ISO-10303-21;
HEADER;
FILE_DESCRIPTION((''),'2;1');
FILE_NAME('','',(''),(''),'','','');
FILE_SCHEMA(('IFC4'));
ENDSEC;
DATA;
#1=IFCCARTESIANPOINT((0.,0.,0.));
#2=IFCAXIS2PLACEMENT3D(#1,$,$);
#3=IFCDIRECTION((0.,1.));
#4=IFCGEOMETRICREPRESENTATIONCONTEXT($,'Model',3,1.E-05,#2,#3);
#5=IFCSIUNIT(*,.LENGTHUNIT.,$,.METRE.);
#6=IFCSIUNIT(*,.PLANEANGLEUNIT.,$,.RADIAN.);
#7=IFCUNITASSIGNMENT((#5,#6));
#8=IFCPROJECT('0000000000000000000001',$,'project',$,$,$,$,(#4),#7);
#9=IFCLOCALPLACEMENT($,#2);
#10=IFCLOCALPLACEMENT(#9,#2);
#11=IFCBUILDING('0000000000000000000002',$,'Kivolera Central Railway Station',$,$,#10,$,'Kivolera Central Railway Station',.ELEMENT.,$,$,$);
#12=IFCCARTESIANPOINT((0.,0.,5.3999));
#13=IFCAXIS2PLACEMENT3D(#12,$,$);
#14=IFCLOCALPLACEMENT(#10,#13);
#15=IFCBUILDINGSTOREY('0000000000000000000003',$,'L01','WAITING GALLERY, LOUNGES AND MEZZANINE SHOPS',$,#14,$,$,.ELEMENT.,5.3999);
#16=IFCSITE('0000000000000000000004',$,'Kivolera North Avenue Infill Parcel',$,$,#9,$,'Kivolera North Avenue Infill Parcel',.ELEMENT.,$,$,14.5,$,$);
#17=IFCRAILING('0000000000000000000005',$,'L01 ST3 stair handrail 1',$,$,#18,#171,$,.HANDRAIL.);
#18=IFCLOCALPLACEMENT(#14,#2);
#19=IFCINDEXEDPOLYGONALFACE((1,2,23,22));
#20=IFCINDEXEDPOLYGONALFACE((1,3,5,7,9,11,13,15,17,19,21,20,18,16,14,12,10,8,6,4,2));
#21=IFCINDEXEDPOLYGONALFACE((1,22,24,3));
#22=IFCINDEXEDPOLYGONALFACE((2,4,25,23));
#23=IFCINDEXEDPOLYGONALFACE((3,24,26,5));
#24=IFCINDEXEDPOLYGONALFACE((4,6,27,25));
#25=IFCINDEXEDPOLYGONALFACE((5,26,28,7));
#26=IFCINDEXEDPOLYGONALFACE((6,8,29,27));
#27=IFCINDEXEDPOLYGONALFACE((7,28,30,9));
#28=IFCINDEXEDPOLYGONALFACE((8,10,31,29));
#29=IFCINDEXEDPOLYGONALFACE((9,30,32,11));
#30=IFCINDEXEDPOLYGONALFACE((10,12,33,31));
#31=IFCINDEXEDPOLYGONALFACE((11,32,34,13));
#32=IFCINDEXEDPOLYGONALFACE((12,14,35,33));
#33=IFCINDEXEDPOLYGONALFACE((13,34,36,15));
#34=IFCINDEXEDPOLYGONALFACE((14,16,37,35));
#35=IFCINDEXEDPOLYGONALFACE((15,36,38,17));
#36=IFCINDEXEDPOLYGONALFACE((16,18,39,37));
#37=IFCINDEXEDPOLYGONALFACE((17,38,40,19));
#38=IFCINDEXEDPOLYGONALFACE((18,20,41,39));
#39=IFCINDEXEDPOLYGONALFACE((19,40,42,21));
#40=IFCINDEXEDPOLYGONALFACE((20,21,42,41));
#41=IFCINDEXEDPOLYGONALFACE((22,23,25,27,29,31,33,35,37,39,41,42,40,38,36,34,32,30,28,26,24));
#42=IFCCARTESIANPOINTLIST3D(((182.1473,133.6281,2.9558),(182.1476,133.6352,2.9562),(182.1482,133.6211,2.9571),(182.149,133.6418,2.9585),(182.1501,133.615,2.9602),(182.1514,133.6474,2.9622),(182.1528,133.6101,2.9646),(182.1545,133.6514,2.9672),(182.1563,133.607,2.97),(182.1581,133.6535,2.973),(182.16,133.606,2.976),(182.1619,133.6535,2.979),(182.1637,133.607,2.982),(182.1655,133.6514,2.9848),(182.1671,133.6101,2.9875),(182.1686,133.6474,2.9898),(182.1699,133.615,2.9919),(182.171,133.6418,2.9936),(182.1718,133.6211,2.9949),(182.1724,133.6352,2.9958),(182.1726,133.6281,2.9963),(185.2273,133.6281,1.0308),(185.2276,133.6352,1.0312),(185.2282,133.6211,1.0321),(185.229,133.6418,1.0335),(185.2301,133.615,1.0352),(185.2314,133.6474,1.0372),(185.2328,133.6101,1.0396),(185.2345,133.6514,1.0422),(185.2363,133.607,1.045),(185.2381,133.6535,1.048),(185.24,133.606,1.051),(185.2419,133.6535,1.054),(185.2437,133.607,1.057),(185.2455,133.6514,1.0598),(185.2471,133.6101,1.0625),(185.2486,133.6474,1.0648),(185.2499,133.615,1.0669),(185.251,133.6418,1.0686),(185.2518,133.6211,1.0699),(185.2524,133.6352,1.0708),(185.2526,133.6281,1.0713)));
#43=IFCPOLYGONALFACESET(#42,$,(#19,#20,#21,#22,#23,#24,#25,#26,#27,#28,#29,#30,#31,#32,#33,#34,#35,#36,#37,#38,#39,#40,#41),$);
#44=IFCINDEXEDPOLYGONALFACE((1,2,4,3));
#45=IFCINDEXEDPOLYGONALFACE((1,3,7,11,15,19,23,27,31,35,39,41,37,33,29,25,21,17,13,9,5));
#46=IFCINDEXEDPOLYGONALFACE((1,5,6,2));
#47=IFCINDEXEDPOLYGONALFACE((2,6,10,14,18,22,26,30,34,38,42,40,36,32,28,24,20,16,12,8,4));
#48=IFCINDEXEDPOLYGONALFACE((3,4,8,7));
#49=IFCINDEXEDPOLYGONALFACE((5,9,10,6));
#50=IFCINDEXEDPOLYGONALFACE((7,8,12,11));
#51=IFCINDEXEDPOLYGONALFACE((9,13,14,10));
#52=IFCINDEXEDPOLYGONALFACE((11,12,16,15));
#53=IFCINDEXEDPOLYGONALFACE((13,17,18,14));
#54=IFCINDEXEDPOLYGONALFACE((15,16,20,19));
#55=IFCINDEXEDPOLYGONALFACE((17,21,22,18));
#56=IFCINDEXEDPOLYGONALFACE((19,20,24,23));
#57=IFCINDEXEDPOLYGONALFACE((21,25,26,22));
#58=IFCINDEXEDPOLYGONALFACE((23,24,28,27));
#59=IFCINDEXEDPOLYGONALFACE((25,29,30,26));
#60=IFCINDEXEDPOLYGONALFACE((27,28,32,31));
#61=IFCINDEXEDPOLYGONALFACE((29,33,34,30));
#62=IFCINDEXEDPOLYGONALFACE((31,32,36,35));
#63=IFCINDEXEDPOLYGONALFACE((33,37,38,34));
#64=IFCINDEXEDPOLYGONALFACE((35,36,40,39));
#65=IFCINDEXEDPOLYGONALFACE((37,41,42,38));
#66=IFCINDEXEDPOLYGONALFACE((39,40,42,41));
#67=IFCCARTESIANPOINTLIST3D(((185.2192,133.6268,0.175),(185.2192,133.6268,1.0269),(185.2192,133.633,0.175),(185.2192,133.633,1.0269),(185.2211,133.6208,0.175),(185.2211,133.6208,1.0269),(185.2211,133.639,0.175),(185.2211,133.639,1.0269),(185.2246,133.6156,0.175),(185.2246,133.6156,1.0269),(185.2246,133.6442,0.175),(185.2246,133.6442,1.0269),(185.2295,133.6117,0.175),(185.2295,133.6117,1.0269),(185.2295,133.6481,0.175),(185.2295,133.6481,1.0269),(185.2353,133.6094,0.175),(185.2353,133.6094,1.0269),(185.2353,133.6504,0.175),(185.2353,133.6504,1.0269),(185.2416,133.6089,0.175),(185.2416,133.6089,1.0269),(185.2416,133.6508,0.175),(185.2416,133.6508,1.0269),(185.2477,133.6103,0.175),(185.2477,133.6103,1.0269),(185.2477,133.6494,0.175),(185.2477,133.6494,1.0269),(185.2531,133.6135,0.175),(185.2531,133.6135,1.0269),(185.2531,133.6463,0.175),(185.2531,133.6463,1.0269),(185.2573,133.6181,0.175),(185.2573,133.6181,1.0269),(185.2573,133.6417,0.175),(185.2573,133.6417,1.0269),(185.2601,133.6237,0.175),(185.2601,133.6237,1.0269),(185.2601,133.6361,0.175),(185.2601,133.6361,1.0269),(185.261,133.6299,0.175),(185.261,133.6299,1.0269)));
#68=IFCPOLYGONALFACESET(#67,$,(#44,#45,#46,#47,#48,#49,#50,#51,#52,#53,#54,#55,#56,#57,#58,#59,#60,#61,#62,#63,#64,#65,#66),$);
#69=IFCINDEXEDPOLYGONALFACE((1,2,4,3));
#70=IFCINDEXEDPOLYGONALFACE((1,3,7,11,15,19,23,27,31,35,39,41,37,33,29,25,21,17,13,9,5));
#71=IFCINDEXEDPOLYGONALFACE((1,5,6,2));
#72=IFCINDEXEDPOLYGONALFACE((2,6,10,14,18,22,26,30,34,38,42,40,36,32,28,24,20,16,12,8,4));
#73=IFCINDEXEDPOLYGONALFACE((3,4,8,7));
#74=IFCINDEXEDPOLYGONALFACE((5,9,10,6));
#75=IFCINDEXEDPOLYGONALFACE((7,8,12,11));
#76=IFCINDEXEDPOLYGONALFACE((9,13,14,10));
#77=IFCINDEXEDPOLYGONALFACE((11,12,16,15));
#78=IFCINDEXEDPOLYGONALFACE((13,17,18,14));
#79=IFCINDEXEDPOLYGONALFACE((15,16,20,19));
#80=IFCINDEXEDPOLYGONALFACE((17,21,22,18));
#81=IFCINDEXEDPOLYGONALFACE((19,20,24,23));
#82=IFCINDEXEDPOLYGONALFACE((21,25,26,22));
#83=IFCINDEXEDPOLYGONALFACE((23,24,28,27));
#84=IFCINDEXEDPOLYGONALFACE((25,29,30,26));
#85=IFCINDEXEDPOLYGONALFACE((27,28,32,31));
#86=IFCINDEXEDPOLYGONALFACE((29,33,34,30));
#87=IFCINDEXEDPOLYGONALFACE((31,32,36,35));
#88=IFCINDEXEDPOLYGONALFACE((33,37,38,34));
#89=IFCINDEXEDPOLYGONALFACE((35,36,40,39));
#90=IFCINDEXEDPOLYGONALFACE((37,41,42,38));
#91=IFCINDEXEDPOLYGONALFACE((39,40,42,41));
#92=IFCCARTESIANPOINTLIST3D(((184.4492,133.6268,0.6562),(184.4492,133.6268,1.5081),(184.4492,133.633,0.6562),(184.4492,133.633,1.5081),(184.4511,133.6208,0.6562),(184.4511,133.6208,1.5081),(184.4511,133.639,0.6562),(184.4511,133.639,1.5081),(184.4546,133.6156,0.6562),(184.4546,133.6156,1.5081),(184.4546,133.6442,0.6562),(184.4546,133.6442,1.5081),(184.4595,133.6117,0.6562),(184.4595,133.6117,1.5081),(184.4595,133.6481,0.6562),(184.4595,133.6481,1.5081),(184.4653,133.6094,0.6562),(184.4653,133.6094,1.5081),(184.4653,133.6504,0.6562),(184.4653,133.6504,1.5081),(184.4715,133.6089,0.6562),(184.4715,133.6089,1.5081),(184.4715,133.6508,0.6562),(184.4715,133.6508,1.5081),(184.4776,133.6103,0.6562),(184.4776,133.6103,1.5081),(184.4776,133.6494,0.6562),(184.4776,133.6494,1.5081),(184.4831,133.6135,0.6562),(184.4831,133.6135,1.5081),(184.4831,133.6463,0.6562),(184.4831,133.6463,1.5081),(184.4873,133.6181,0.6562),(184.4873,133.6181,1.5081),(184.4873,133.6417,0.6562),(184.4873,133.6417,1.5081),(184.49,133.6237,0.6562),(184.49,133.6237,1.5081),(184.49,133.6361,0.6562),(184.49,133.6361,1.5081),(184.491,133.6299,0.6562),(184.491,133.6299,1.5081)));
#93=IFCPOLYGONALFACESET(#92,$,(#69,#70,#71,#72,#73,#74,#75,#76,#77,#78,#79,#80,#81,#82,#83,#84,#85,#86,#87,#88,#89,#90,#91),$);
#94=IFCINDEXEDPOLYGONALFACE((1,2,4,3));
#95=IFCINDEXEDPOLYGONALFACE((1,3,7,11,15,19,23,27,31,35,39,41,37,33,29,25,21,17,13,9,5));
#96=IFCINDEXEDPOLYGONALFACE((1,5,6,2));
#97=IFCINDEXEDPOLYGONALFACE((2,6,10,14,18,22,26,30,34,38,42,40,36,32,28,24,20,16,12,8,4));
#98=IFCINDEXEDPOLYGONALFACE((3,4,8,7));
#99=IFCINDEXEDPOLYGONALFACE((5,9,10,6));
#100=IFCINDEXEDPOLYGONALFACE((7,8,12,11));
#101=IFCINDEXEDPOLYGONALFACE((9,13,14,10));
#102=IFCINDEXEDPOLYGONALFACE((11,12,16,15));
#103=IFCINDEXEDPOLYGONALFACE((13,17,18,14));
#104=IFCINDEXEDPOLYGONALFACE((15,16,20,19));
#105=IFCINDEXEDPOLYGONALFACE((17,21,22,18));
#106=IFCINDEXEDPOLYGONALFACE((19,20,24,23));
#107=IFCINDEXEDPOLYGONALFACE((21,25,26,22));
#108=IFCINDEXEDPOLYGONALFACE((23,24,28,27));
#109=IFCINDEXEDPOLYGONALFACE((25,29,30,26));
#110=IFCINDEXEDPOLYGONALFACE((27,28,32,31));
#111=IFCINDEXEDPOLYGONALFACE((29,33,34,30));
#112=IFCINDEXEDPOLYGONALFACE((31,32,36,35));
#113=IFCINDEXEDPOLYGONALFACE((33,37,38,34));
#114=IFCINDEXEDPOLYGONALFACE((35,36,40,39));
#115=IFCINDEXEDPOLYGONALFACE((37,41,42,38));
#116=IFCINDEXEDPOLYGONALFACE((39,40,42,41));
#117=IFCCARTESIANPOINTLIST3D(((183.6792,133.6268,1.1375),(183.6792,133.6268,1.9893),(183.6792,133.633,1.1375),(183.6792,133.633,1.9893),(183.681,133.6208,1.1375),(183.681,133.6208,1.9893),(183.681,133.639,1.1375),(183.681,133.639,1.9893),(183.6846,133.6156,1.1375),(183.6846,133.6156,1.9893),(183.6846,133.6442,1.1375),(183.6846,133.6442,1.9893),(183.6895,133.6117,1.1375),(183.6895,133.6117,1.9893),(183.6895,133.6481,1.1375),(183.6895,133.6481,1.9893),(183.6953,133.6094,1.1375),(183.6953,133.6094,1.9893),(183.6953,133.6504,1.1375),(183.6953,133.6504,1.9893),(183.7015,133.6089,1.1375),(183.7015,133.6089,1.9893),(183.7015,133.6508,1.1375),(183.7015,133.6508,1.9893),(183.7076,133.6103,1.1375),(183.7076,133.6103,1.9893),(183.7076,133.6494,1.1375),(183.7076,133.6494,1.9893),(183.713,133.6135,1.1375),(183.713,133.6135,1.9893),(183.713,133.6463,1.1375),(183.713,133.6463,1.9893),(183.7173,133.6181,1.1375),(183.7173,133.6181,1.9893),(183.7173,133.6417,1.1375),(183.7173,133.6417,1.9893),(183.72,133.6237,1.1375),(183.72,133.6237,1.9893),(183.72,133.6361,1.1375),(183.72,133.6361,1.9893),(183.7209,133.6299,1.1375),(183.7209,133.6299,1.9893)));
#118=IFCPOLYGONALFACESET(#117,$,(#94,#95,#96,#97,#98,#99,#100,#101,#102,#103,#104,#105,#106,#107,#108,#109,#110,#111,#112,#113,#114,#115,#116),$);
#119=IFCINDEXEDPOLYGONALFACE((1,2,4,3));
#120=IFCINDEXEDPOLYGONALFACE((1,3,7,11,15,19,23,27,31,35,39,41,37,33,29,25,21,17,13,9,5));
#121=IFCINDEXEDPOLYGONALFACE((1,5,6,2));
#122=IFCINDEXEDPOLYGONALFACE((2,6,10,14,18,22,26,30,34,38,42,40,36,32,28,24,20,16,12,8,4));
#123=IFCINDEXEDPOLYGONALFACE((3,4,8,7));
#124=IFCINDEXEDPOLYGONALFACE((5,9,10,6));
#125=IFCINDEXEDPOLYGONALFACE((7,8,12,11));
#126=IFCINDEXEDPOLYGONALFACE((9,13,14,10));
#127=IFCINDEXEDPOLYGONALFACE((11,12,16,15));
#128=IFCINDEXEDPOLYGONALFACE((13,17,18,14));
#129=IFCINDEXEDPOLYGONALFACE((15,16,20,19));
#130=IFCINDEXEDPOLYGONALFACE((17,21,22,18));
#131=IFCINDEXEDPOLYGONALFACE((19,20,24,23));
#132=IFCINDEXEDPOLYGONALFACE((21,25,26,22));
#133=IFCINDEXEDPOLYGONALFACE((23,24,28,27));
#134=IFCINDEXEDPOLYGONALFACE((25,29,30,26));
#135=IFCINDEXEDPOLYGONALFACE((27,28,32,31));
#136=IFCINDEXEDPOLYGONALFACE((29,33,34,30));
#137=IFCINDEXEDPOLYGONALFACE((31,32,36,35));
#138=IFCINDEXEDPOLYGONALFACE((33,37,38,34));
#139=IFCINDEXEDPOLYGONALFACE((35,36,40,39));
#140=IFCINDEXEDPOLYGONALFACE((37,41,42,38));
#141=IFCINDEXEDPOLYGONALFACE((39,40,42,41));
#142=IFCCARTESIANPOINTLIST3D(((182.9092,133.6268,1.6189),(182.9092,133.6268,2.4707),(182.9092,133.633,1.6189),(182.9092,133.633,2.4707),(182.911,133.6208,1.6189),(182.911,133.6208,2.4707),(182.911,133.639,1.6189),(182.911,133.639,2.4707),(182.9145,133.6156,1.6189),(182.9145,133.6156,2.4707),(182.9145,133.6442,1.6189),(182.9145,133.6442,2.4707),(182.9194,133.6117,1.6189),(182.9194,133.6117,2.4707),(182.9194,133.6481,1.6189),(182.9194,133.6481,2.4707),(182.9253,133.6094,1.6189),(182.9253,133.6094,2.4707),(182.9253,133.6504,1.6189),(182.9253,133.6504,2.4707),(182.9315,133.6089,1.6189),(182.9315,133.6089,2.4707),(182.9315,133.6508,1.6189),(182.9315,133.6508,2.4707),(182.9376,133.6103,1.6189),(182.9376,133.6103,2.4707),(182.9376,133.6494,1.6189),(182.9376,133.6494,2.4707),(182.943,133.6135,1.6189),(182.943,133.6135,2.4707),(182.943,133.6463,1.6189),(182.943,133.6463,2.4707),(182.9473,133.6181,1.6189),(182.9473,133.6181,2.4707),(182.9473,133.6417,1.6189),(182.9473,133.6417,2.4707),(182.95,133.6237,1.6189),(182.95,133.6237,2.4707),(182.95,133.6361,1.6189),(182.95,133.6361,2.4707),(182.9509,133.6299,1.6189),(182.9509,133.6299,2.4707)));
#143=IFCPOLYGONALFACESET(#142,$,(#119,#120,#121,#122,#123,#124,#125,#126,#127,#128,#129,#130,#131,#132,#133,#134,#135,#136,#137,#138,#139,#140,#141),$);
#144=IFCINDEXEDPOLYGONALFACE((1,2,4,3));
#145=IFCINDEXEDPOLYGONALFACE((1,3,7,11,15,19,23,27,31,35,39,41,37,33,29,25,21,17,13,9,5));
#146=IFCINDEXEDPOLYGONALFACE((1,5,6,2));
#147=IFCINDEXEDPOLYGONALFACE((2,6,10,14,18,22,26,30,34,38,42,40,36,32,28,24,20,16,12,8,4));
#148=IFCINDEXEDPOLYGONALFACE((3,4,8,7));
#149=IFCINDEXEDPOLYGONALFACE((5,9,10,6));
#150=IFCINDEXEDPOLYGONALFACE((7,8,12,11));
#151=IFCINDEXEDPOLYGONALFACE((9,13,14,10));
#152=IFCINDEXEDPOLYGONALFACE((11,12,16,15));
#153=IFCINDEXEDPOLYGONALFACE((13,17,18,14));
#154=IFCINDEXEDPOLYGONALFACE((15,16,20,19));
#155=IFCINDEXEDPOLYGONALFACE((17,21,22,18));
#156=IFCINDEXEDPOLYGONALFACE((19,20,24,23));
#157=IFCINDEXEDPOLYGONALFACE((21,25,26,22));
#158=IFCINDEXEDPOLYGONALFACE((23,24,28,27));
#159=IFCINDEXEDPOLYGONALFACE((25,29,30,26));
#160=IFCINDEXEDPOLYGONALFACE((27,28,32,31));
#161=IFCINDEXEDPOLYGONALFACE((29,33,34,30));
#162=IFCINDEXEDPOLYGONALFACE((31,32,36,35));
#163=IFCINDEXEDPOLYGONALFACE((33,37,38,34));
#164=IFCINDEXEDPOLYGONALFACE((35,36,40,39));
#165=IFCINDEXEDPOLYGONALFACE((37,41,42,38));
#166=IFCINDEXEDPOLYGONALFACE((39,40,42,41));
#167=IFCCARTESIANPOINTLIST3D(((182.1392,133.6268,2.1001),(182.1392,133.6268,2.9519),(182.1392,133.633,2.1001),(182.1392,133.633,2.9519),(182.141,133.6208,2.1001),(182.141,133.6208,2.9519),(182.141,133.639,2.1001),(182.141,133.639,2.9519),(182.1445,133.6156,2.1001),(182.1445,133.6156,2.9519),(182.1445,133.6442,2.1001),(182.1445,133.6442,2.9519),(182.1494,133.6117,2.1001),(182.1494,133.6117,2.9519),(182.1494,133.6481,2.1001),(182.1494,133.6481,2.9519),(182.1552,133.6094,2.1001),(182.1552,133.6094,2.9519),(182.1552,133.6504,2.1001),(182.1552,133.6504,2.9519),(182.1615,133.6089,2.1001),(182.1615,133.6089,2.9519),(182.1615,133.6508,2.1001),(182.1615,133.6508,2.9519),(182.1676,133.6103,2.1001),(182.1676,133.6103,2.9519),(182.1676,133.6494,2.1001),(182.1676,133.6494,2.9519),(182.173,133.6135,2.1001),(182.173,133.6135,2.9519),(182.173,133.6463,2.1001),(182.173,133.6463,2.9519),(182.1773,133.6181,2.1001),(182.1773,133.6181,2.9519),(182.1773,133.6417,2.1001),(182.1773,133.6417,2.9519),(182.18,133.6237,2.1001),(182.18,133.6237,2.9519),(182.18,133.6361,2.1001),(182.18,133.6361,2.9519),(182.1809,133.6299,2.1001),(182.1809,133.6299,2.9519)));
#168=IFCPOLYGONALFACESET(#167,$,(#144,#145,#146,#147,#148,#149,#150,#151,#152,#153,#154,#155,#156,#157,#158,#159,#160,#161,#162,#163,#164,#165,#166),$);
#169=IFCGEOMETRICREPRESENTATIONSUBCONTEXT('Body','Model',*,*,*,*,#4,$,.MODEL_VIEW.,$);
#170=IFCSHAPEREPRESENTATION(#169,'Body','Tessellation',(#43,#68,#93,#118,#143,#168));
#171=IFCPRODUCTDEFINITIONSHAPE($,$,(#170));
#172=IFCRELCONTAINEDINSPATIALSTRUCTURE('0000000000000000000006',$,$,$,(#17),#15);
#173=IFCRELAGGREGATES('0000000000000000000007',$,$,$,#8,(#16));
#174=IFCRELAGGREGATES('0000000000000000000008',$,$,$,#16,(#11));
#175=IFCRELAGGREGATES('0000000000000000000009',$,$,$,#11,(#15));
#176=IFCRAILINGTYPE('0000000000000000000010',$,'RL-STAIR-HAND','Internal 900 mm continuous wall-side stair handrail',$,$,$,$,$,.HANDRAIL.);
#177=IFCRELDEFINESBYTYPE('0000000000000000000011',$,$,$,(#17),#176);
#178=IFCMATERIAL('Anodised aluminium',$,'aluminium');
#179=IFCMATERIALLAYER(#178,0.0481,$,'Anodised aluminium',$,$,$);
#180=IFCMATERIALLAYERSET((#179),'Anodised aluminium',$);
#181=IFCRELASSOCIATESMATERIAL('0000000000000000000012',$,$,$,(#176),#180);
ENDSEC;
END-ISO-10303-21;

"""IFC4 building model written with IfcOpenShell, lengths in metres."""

from ifc_helpers import new_model, si_unit, direction, frame, origin, origin_2d, place, context, subcontext, project, spatial, circle, extrude, material, layer, layer_set, type_object, element, save


model = new_model("IFC4")

# Units and contexts
model_context = context("Model", 3, precision=1e-05, world=origin(), true_north=direction((0.0, 1.0)))
body_context = subcontext(model_context, "Body", "Model", "MODEL_VIEW")
ifc_project = project(units=[si_unit("LENGTHUNIT", "METRE"), si_unit("PLANEANGLEUNIT", "RADIAN")], contexts=[model_context])

# Site, building, storey
site_placement = place(None, origin())
site = spatial("IfcSite", under=ifc_project, at=site_placement, Name="Kivolera North Avenue Infill Parcel", LongName="Kivolera North Avenue Infill Parcel", CompositionType="ELEMENT", RefElevation=14.5)
building_placement = place(site_placement, origin())
building = spatial("IfcBuilding", under=site, at=building_placement, Name="Kivolera Central Railway Station", LongName="Kivolera Central Railway Station", CompositionType="ELEMENT")
storey_placement = place(building_placement, frame((0.0, 0.0, 5.3999)))
storey = spatial("IfcBuildingStorey", under=building, at=storey_placement, Name="L01", Description="WAITING GALLERY, LOUNGES AND MEZZANINE SHOPS", CompositionType="ELEMENT", Elevation=5.3999)

# Shared definitions
ifc_material_1 = material(Name="Anodised aluminium", Category="aluminium")

# Railing
ifc_layer_1 = layer(ifc_material_1, 0.0481, Name="Anodised aluminium")
ifc_layer_set_1 = layer_set([ifc_layer_1], Name="Anodised aluminium")
railing_type_1 = type_object("IfcRailingType", Name="RL-STAIR-HAND", Description="Internal 900 mm continuous wall-side stair handrail", PredefinedType="HANDRAIL", material=ifc_layer_set_1)
railing_1_placement = place(storey_placement, frame((185.24, 133.6299, 0.175)))
element("IfcRailing", 1, at=railing_1_placement, inside=storey, type_object=railing_type_1, Name="L01 ST3 stair handrail 1", PredefinedType="HANDRAIL", context=body_context, shape_type="SweptSolid", body=[
    extrude(circle(Radius=0.0239, at=origin_2d()), frame((0.0, 0.0, 0.876), z_axis=(-0.847998, 0.0, 0.529999), x_axis=(0.0, -1.0, 0.0)), (0.0, 0.0, 1.0), 3.6321),
    extrude(circle(Radius=0.021, at=origin_2d()), origin(), (0.0, 0.0, 1.0), 0.8518),
    extrude(circle(Radius=0.021, at=origin_2d()), frame((-0.77, 0.0, 0.4812)), (0.0, 0.0, 1.0), 0.8518),
    extrude(circle(Radius=0.021, at=origin_2d()), frame((-1.54, 0.0, 0.9624)), (0.0, 0.0, 1.0), 0.8518),
    extrude(circle(Radius=0.021, at=origin_2d()), frame((-2.3101, 0.0, 1.4438)), (0.0, 0.0, 1.0), 0.8518),
    extrude(circle(Radius=0.021, at=origin_2d()), frame((-3.0801, 0.0, 1.925)), (0.0, 0.0, 1.0), 0.8518),
])

save(model, "model.ifc")
